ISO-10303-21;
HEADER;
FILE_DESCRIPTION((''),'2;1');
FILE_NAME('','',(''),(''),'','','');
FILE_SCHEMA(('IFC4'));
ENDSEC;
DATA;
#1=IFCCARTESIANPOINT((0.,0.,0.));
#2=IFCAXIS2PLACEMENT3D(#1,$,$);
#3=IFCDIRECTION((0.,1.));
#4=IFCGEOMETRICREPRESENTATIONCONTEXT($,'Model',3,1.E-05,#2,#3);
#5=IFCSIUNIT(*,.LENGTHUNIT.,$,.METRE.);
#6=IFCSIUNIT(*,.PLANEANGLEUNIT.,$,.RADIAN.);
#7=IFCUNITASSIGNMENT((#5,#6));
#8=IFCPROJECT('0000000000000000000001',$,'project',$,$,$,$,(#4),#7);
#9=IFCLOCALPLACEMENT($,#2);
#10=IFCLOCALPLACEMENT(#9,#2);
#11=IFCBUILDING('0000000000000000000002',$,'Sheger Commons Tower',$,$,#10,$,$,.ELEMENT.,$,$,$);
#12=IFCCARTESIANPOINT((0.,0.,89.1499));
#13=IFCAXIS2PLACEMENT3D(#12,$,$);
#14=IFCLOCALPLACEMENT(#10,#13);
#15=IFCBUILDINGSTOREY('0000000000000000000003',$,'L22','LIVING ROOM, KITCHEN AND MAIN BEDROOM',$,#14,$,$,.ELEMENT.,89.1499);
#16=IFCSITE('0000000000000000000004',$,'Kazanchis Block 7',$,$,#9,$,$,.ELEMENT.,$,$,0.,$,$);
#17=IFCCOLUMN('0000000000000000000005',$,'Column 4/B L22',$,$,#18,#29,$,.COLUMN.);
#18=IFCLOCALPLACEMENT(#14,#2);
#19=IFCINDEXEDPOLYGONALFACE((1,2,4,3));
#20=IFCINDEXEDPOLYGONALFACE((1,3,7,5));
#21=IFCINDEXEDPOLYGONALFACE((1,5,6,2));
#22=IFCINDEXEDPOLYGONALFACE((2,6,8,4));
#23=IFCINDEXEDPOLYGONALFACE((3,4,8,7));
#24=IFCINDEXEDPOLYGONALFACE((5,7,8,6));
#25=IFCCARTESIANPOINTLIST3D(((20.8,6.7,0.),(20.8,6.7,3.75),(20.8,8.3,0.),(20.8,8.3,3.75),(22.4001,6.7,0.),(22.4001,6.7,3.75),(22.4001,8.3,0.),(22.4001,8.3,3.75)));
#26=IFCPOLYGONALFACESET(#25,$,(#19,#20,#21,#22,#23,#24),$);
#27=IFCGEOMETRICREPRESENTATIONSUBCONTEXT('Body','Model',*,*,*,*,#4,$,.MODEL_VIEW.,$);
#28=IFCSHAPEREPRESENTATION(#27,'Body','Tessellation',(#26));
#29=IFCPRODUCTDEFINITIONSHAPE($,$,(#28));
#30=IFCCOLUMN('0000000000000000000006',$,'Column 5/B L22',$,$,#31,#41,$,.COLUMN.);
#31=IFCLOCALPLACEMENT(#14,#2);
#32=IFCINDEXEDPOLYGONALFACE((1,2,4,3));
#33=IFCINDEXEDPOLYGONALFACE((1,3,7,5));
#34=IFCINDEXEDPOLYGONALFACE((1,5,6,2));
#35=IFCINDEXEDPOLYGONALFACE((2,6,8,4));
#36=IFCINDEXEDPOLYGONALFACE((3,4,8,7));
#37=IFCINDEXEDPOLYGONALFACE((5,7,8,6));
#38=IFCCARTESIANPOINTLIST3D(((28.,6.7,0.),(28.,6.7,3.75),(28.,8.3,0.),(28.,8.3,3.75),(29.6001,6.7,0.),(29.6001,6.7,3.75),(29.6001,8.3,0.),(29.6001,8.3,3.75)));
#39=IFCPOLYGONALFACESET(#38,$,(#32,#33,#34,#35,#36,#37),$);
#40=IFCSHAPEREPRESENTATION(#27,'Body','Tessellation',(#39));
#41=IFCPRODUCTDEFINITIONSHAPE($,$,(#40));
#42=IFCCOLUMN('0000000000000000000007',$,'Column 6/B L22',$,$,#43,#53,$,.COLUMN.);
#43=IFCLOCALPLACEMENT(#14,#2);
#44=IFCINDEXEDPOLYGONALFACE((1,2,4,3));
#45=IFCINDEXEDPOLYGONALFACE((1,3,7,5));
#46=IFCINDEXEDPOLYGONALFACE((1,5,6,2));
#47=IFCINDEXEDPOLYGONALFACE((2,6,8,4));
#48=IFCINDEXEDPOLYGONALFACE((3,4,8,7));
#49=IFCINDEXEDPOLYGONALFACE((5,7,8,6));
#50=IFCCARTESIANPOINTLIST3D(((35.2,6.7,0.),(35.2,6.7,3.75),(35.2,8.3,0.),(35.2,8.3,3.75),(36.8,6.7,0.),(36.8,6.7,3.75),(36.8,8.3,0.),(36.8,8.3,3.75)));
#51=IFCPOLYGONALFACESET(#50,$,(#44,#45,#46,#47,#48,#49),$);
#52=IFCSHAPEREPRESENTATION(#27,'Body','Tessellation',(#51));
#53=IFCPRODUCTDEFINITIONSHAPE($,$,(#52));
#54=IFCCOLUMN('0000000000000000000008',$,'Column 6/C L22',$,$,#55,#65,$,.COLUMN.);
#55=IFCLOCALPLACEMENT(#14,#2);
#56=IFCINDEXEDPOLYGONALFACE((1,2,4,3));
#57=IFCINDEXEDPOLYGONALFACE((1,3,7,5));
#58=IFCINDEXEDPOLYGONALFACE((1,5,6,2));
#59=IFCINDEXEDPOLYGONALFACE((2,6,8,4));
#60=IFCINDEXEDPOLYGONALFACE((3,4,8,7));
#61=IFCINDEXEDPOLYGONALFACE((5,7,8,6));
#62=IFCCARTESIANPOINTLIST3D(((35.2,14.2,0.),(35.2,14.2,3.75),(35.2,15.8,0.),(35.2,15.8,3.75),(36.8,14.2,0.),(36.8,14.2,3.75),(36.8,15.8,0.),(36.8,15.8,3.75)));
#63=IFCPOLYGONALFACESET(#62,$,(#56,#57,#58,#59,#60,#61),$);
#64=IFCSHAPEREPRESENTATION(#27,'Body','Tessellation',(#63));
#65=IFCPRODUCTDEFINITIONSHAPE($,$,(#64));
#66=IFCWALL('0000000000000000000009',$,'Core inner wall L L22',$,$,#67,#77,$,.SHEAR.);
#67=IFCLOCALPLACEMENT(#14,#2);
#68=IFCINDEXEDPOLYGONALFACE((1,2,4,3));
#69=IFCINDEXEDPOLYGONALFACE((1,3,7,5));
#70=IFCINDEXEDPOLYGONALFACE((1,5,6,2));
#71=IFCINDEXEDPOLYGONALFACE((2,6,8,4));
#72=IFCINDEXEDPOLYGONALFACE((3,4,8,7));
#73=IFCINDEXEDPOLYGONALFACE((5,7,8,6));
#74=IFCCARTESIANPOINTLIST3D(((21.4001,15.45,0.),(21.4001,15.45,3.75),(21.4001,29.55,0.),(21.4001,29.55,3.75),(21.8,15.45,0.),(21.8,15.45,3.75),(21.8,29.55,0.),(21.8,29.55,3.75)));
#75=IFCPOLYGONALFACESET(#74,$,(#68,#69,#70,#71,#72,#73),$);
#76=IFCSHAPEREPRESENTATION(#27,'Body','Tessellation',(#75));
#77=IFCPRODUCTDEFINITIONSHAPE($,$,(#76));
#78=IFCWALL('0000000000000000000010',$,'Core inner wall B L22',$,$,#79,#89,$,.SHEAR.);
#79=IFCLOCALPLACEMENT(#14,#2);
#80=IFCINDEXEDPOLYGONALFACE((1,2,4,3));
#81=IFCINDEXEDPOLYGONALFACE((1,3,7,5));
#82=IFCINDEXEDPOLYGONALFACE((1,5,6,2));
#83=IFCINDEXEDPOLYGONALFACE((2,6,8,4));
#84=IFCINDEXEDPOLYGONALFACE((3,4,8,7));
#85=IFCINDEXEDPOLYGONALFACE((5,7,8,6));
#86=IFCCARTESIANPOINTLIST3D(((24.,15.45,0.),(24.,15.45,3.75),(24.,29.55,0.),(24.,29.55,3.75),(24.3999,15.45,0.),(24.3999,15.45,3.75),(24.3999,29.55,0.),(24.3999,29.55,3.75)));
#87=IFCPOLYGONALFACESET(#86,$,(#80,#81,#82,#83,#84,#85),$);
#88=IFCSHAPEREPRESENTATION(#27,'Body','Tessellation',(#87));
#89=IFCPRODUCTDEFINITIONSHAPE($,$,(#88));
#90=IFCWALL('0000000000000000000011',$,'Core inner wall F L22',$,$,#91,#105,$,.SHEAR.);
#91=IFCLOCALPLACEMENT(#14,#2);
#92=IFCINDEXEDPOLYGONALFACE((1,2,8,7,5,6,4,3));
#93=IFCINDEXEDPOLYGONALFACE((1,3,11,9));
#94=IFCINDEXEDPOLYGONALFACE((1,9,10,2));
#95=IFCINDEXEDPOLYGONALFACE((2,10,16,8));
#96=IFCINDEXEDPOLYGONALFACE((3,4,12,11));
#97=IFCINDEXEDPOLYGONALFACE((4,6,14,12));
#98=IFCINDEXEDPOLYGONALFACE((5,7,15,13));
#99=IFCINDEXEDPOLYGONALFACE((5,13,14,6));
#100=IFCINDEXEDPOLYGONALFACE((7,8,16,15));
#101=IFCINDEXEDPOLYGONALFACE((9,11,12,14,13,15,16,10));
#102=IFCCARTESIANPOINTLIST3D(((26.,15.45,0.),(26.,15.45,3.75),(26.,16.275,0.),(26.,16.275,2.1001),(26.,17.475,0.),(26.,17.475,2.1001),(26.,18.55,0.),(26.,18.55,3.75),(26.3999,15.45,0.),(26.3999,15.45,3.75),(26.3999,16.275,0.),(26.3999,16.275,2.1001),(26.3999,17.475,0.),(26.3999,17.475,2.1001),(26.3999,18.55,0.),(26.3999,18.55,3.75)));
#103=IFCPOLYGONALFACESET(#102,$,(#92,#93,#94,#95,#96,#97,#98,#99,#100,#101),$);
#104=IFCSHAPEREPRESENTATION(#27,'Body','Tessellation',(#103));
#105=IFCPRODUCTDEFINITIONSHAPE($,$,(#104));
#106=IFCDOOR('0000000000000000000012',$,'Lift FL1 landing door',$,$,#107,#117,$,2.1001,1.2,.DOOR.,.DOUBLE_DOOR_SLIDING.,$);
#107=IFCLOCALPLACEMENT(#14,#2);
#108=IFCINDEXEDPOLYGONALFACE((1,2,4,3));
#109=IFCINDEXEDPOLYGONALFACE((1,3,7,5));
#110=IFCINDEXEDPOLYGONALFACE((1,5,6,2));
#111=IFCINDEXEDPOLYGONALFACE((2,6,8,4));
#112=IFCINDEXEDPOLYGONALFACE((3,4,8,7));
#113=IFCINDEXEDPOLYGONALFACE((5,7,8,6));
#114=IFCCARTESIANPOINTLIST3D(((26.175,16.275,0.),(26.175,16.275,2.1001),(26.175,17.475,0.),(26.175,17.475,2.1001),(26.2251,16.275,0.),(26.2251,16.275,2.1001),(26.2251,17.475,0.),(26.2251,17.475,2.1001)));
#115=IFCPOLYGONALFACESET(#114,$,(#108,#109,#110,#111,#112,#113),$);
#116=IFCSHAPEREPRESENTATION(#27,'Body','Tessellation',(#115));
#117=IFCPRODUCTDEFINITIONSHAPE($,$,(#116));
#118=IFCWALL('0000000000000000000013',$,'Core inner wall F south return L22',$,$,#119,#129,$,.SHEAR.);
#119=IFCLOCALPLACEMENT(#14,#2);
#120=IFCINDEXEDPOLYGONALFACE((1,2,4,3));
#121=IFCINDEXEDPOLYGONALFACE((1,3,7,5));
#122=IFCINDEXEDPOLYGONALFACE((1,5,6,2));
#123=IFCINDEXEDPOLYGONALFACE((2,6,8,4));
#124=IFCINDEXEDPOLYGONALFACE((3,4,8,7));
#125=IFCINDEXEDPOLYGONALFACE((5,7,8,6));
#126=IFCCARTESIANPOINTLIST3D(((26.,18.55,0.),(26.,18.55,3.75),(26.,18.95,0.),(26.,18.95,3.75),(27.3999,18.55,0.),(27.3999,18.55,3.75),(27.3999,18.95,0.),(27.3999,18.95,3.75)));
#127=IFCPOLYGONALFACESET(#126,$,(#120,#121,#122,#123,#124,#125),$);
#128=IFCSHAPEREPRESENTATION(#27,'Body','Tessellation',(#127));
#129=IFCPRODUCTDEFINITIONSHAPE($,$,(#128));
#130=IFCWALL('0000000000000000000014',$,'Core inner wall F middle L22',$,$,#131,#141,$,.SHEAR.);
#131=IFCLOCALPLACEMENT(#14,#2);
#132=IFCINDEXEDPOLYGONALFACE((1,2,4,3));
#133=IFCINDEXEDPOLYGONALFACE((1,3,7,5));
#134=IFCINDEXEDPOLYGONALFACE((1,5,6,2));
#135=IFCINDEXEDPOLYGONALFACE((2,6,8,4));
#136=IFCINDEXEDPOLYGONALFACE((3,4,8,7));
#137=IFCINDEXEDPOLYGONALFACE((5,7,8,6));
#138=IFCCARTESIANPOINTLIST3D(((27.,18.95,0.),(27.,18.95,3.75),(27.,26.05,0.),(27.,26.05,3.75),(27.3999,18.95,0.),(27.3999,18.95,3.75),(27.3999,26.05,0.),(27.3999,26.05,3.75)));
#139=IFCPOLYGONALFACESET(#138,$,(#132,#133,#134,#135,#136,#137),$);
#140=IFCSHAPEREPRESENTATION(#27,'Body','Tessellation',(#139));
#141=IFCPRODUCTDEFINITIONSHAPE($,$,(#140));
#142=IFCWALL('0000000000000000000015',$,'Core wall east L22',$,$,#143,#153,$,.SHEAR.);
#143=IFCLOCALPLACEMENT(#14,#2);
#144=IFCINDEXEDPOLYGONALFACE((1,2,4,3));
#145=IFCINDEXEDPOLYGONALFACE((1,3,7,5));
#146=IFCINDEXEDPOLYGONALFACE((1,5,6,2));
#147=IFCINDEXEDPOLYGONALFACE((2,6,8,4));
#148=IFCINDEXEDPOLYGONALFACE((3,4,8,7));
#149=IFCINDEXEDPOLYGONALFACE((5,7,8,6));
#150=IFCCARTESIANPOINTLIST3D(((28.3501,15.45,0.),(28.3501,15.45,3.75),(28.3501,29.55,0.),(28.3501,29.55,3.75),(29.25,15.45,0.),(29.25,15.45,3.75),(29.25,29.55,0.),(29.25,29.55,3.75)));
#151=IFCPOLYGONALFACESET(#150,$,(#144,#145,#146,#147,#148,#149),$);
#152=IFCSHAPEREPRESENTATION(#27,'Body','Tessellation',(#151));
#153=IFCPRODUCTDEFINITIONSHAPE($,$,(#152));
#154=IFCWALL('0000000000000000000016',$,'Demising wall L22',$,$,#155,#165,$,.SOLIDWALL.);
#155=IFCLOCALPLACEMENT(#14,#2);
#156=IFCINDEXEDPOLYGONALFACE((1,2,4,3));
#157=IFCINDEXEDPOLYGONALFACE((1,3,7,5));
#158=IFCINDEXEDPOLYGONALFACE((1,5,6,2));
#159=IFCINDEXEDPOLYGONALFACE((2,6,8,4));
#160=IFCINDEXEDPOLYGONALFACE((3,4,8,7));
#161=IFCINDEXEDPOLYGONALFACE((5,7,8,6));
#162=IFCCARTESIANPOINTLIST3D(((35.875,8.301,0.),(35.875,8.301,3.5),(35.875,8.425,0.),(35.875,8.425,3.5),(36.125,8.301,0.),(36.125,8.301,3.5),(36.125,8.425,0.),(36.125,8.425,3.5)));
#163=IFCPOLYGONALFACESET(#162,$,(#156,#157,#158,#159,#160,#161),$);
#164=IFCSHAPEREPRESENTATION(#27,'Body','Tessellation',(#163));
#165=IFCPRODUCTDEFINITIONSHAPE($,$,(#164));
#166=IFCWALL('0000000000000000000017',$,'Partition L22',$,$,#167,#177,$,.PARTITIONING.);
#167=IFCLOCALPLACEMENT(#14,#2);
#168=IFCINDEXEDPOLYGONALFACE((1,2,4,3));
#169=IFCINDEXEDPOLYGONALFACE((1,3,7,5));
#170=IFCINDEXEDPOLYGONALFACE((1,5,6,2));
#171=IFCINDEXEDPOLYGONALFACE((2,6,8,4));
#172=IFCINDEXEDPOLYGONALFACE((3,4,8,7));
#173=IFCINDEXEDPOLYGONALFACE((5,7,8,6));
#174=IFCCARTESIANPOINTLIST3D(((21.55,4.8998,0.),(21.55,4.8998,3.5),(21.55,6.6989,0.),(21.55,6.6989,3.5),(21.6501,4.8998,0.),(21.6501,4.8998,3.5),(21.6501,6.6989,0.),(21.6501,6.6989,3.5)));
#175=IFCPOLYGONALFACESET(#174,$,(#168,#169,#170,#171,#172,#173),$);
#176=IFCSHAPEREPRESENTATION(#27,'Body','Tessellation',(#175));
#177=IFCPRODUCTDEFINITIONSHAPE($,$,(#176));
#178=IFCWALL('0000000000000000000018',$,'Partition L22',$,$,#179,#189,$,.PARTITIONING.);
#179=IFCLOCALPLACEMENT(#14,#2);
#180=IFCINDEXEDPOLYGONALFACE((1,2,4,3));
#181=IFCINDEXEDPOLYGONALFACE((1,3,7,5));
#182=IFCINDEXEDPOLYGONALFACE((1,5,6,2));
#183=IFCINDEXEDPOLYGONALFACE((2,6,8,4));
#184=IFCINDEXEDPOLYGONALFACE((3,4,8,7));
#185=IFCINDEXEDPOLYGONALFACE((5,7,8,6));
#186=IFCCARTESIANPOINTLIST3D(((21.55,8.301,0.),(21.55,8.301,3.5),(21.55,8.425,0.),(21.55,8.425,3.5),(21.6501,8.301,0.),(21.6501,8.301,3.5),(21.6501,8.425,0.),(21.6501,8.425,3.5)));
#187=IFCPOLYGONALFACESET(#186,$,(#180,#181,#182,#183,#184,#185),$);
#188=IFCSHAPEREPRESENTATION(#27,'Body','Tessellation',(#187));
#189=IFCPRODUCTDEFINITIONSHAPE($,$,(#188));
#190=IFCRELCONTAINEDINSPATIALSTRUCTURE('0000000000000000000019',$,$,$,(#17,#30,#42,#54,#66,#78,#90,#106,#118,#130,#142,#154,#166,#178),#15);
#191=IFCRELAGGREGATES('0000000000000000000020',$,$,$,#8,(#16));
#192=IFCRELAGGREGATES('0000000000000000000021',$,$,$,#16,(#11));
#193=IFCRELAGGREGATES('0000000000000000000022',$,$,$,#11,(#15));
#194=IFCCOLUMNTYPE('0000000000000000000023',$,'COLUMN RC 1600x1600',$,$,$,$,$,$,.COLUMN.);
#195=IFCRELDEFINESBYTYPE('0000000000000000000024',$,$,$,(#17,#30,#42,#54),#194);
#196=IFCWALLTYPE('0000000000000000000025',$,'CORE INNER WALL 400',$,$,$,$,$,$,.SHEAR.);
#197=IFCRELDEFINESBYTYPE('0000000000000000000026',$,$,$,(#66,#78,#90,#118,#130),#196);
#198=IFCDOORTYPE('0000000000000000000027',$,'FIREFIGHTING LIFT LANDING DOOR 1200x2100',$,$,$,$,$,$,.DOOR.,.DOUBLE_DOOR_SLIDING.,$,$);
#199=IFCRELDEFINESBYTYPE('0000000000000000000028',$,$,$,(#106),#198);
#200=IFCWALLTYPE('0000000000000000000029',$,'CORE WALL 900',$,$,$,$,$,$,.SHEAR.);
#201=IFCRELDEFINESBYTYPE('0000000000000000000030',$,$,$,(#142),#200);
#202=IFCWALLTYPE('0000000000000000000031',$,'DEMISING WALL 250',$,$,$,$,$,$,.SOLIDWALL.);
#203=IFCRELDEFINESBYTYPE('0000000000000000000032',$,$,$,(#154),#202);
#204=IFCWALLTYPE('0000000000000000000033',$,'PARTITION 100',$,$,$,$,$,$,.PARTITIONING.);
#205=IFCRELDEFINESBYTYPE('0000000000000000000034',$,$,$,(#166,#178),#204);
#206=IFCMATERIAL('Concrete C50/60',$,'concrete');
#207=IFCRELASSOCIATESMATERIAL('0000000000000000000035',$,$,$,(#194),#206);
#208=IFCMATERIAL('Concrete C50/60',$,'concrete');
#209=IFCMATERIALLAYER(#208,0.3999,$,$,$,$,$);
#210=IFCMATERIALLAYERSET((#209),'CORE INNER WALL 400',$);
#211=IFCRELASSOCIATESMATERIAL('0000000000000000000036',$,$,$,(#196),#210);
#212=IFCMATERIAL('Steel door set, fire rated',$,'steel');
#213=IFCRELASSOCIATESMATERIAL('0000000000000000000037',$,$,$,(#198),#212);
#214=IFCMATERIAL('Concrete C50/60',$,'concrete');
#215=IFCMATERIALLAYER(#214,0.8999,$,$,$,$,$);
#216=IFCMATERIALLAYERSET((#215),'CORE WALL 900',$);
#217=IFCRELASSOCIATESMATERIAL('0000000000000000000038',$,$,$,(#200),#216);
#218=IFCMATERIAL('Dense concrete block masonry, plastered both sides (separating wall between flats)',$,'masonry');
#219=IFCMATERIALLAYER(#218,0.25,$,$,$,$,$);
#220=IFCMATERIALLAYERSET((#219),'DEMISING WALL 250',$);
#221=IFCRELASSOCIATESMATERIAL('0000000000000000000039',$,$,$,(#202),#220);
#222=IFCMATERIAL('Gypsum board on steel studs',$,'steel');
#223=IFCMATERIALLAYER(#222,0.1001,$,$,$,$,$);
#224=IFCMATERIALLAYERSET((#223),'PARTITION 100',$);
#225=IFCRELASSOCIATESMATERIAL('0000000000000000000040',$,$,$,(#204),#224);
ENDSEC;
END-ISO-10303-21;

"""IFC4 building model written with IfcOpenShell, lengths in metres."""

from ifc_helpers import new_model, si_unit, direction, frame, frame_2d, origin, origin_2d, place, context, subcontext, project, spatial, rectangle, extrude, material, layer, layer_set, material_profile, profile_set, type_object, element, fill, save


model = new_model("IFC4")

# Units and contexts
model_context = context("Model", 3, precision=1e-05, world=origin(), true_north=direction((0.0, 1.0)))
body_context = subcontext(model_context, "Body", "Model", "MODEL_VIEW")
ifc_project = project(units=[si_unit("LENGTHUNIT", "METRE"), si_unit("PLANEANGLEUNIT", "RADIAN")], contexts=[model_context])

# Site, building, storey
site_placement = place(None, origin())
site = spatial("IfcSite", under=ifc_project, at=site_placement, Name="Kazanchis Block 7", CompositionType="ELEMENT", RefElevation=0.0)
building_placement = place(site_placement, origin())
building = spatial("IfcBuilding", under=site, at=building_placement, Name="Sheger Commons Tower", CompositionType="ELEMENT")
storey_placement = place(building_placement, frame((0.0, 0.0, 89.1499)))
storey = spatial("IfcBuildingStorey", under=building, at=storey_placement, Name="L22", Description="LIVING ROOM, KITCHEN AND MAIN BEDROOM", CompositionType="ELEMENT", Elevation=89.1499)

# Columns
ifc_material_1 = material(Name="Concrete C50/60", Category="concrete")
ifc_material_profile = material_profile(ifc_material_1, rectangle(XDim=1.6001, YDim=1.6001, at=origin_2d()), Name="RC 1600x1600")
ifc_profile_set = profile_set([ifc_material_profile], Name="Concrete C50/60")
column_type = type_object("IfcColumnType", Name="COLUMN RC 1600x1600", PredefinedType="COLUMN", material=ifc_profile_set)
for number, where, z_axis, x_axis, name in (
    (1, (21.6001, 7.5, 0.0), (0.0, 0.0, 1.0), (1.0, 0.0, 0.0), "Column 4/B L22"),
    (2, (28.8, 7.5, 0.0), (0.0, 0.0, 1.0), (1.0, 0.0, 0.0), "Column 5/B L22"),
    (3, (36.0, 7.5, 0.0), (0.0, 0.0, 1.0), (1.0, 0.0, 0.0), "Column 6/B L22"),
    (4, (36.0, 15.0, 0.0), (0.0, 0.0, 1.0), (1.0, 0.0, 0.0), "Column 6/C L22"),
):
    element("IfcColumn", number, at=place(storey_placement, frame(where, z_axis=z_axis, x_axis=x_axis)), inside=storey, type_object=column_type, Name=name, PredefinedType="COLUMN", context=body_context, shape_type="SweptSolid", body=[
        extrude(rectangle(XDim=1.6001, YDim=1.6001, at=origin_2d()), origin(), (0.0, 0.0, 1.0), 3.75),
    ])

# Walls
ifc_material_2 = material(Name="Concrete C50/60", Category="concrete")
ifc_layer_1 = layer(ifc_material_2, 0.3999)
ifc_layer_set_1 = layer_set([ifc_layer_1], Name="CORE INNER WALL 400")
wall_type_1 = type_object("IfcWallType", Name="CORE INNER WALL 400", PredefinedType="SHEAR", material=ifc_layer_set_1)
for number, where, z_axis, x_axis, name in (
    (5, (21.6001, 15.45, 0.0), (0.0, 0.0, 1.0), (0.0, 1.0, 0.0), "Core inner wall L L22"),
    (6, (24.2, 15.45, 0.0), (0.0, 0.0, 1.0), (0.0, 1.0, 0.0), "Core inner wall B L22"),
):
    element("IfcWall", number, at=place(storey_placement, frame(where, z_axis=z_axis, x_axis=x_axis)), inside=storey, type_object=wall_type_1, Name=name, PredefinedType="SHEAR", context=body_context, shape_type="SweptSolid", body=[
        extrude(rectangle(XDim=14.1001, YDim=0.3999, at=frame_2d((7.05, 0.0))), origin(), (0.0, 0.0, 1.0), 3.75),
    ])

# Wall, opening, door
wall_1_placement = place(storey_placement, frame((26.2, 15.45, 0.0), z_axis=(0.0, 0.0, 1.0), x_axis=(0.0, 1.0, 0.0)))
wall_1 = element("IfcWall", 7, at=wall_1_placement, inside=storey, type_object=wall_type_1, Name="Core inner wall F L22", PredefinedType="SHEAR", context=body_context, shape_type="SweptSolid", body=[
    extrude(rectangle(XDim=3.1001, YDim=0.3999, at=frame_2d((1.55, 0.0))), origin(), (0.0, 0.0, 1.0), 3.75),
])
opening_placement = place(wall_1_placement, frame((0.825, 0.0, 0.0)))
opening = element("IfcOpeningElement", 8, at=opening_placement, cuts=wall_1, PredefinedType="OPENING", context=body_context, shape_type="SweptSolid", body=[
    extrude(rectangle(XDim=1.2, YDim=2.1001, at=frame_2d((0.6001, 1.05))), frame((0.0, 0.21, 0.0), z_axis=(0.0, -1.0, 0.0), x_axis=(1.0, 0.0, 0.0)), (0.0, 0.0, 1.0), 0.4199),
])
ifc_material_3 = material(Name="Steel door set, fire rated", Category="steel")
door_type = type_object("IfcDoorType", Name="FIREFIGHTING LIFT LANDING DOOR 1200x2100", OperationType="DOUBLE_DOOR_SLIDING", PredefinedType="DOOR", material=ifc_material_3)
door_placement = place(opening_placement, origin())
door = element("IfcDoor", 9, at=door_placement, inside=storey, type_object=door_type, Name="Lift FL1 landing door", OperationType="DOUBLE_DOOR_SLIDING", OverallHeight=2.1001, OverallWidth=1.2, PredefinedType="DOOR", context=body_context, shape_type="SweptSolid", body=[
    extrude(rectangle(XDim=1.2, YDim=2.1001, at=frame_2d((0.6001, 1.05))), frame((0.0, 0.0249, 0.0), z_axis=(0.0, -1.0, 0.0), x_axis=(1.0, 0.0, 0.0)), (0.0, 0.0, 1.0), 0.05),
])
fill(opening, door)

# Walls
wall_2_placement = place(storey_placement, frame((26.0, 18.75, 0.0), z_axis=(0.0, 0.0, 1.0), x_axis=(1.0, 0.0, 0.0)))
element("IfcWall", 10, at=wall_2_placement, inside=storey, type_object=wall_type_1, Name="Core inner wall F south return L22", PredefinedType="SHEAR", context=body_context, shape_type="SweptSolid", body=[
    extrude(rectangle(XDim=1.3999, YDim=0.3999, at=frame_2d((0.7, 0.0))), origin(), (0.0, 0.0, 1.0), 3.75),
])
wall_3_placement = place(storey_placement, frame((27.2, 18.95, 0.0), z_axis=(0.0, 0.0, 1.0), x_axis=(0.0, 1.0, 0.0)))
element("IfcWall", 11, at=wall_3_placement, inside=storey, type_object=wall_type_1, Name="Core inner wall F middle L22", PredefinedType="SHEAR", context=body_context, shape_type="SweptSolid", body=[
    extrude(rectangle(XDim=7.1001, YDim=0.3999, at=frame_2d((3.55, 0.0))), origin(), (0.0, 0.0, 1.0), 3.75),
])
ifc_material_4 = material(Name="Concrete C50/60", Category="concrete")
ifc_layer_2 = layer(ifc_material_4, 0.8999)
ifc_layer_set_2 = layer_set([ifc_layer_2], Name="CORE WALL 900")
wall_type_2 = type_object("IfcWallType", Name="CORE WALL 900", PredefinedType="SHEAR", material=ifc_layer_set_2)
wall_4_placement = place(storey_placement, frame((28.8, 15.45, 0.0), z_axis=(0.0, 0.0, 1.0), x_axis=(0.0, 1.0, 0.0)))
element("IfcWall", 12, at=wall_4_placement, inside=storey, type_object=wall_type_2, Name="Core wall east L22", PredefinedType="SHEAR", context=body_context, shape_type="SweptSolid", body=[
    extrude(rectangle(XDim=14.1001, YDim=0.8999, at=frame_2d((7.05, 0.0))), origin(), (0.0, 0.0, 1.0), 3.75),
])
ifc_material_5 = material(Name="Dense concrete block masonry, plastered both sides (separating wall between flats)", Category="masonry")
ifc_layer_3 = layer(ifc_material_5, 0.25)
ifc_layer_set_3 = layer_set([ifc_layer_3], Name="DEMISING WALL 250")
wall_type_3 = type_object("IfcWallType", Name="DEMISING WALL 250", PredefinedType="SOLIDWALL", material=ifc_layer_set_3)
wall_5_placement = place(storey_placement, frame((36.0, 8.301, 0.0), z_axis=(0.0, 0.0, 1.0), x_axis=(0.0, 1.0, 0.0)))
element("IfcWall", 13, at=wall_5_placement, inside=storey, type_object=wall_type_3, Name="Demising wall L22", PredefinedType="SOLIDWALL", context=body_context, shape_type="SweptSolid", body=[
    extrude(rectangle(XDim=0.124, YDim=0.25, at=frame_2d((0.062, 0.0))), origin(), (0.0, 0.0, 1.0), 3.5),
])
ifc_material_6 = material(Name="Gypsum board on steel studs", Category="steel")
ifc_layer_4 = layer(ifc_material_6, 0.1001)
ifc_layer_set_4 = layer_set([ifc_layer_4], Name="PARTITION 100")
wall_type_4 = type_object("IfcWallType", Name="PARTITION 100", PredefinedType="PARTITIONING", material=ifc_layer_set_4)
wall_6_placement = place(storey_placement, frame((21.6001, 4.8999, 0.0), z_axis=(0.0, 0.0, 1.0), x_axis=(0.0, 1.0, 0.0)))
element("IfcWall", 14, at=wall_6_placement, inside=storey, type_object=wall_type_4, Name="Partition L22", PredefinedType="PARTITIONING", context=body_context, shape_type="SweptSolid", body=[
    extrude(rectangle(XDim=1.7991, YDim=0.1001, at=frame_2d((0.8994, 0.0))), origin(), (0.0, 0.0, 1.0), 3.5),
])
wall_7_placement = place(storey_placement, frame((21.6001, 8.301, 0.0), z_axis=(0.0, 0.0, 1.0), x_axis=(0.0, 1.0, 0.0)))
element("IfcWall", 15, at=wall_7_placement, inside=storey, type_object=wall_type_4, Name="Partition L22", PredefinedType="PARTITIONING", context=body_context, shape_type="SweptSolid", body=[
    extrude(rectangle(XDim=0.124, YDim=0.1001, at=frame_2d((0.062, 0.0))), origin(), (0.0, 0.0, 1.0), 3.5),
])

save(model, "model.ifc")
